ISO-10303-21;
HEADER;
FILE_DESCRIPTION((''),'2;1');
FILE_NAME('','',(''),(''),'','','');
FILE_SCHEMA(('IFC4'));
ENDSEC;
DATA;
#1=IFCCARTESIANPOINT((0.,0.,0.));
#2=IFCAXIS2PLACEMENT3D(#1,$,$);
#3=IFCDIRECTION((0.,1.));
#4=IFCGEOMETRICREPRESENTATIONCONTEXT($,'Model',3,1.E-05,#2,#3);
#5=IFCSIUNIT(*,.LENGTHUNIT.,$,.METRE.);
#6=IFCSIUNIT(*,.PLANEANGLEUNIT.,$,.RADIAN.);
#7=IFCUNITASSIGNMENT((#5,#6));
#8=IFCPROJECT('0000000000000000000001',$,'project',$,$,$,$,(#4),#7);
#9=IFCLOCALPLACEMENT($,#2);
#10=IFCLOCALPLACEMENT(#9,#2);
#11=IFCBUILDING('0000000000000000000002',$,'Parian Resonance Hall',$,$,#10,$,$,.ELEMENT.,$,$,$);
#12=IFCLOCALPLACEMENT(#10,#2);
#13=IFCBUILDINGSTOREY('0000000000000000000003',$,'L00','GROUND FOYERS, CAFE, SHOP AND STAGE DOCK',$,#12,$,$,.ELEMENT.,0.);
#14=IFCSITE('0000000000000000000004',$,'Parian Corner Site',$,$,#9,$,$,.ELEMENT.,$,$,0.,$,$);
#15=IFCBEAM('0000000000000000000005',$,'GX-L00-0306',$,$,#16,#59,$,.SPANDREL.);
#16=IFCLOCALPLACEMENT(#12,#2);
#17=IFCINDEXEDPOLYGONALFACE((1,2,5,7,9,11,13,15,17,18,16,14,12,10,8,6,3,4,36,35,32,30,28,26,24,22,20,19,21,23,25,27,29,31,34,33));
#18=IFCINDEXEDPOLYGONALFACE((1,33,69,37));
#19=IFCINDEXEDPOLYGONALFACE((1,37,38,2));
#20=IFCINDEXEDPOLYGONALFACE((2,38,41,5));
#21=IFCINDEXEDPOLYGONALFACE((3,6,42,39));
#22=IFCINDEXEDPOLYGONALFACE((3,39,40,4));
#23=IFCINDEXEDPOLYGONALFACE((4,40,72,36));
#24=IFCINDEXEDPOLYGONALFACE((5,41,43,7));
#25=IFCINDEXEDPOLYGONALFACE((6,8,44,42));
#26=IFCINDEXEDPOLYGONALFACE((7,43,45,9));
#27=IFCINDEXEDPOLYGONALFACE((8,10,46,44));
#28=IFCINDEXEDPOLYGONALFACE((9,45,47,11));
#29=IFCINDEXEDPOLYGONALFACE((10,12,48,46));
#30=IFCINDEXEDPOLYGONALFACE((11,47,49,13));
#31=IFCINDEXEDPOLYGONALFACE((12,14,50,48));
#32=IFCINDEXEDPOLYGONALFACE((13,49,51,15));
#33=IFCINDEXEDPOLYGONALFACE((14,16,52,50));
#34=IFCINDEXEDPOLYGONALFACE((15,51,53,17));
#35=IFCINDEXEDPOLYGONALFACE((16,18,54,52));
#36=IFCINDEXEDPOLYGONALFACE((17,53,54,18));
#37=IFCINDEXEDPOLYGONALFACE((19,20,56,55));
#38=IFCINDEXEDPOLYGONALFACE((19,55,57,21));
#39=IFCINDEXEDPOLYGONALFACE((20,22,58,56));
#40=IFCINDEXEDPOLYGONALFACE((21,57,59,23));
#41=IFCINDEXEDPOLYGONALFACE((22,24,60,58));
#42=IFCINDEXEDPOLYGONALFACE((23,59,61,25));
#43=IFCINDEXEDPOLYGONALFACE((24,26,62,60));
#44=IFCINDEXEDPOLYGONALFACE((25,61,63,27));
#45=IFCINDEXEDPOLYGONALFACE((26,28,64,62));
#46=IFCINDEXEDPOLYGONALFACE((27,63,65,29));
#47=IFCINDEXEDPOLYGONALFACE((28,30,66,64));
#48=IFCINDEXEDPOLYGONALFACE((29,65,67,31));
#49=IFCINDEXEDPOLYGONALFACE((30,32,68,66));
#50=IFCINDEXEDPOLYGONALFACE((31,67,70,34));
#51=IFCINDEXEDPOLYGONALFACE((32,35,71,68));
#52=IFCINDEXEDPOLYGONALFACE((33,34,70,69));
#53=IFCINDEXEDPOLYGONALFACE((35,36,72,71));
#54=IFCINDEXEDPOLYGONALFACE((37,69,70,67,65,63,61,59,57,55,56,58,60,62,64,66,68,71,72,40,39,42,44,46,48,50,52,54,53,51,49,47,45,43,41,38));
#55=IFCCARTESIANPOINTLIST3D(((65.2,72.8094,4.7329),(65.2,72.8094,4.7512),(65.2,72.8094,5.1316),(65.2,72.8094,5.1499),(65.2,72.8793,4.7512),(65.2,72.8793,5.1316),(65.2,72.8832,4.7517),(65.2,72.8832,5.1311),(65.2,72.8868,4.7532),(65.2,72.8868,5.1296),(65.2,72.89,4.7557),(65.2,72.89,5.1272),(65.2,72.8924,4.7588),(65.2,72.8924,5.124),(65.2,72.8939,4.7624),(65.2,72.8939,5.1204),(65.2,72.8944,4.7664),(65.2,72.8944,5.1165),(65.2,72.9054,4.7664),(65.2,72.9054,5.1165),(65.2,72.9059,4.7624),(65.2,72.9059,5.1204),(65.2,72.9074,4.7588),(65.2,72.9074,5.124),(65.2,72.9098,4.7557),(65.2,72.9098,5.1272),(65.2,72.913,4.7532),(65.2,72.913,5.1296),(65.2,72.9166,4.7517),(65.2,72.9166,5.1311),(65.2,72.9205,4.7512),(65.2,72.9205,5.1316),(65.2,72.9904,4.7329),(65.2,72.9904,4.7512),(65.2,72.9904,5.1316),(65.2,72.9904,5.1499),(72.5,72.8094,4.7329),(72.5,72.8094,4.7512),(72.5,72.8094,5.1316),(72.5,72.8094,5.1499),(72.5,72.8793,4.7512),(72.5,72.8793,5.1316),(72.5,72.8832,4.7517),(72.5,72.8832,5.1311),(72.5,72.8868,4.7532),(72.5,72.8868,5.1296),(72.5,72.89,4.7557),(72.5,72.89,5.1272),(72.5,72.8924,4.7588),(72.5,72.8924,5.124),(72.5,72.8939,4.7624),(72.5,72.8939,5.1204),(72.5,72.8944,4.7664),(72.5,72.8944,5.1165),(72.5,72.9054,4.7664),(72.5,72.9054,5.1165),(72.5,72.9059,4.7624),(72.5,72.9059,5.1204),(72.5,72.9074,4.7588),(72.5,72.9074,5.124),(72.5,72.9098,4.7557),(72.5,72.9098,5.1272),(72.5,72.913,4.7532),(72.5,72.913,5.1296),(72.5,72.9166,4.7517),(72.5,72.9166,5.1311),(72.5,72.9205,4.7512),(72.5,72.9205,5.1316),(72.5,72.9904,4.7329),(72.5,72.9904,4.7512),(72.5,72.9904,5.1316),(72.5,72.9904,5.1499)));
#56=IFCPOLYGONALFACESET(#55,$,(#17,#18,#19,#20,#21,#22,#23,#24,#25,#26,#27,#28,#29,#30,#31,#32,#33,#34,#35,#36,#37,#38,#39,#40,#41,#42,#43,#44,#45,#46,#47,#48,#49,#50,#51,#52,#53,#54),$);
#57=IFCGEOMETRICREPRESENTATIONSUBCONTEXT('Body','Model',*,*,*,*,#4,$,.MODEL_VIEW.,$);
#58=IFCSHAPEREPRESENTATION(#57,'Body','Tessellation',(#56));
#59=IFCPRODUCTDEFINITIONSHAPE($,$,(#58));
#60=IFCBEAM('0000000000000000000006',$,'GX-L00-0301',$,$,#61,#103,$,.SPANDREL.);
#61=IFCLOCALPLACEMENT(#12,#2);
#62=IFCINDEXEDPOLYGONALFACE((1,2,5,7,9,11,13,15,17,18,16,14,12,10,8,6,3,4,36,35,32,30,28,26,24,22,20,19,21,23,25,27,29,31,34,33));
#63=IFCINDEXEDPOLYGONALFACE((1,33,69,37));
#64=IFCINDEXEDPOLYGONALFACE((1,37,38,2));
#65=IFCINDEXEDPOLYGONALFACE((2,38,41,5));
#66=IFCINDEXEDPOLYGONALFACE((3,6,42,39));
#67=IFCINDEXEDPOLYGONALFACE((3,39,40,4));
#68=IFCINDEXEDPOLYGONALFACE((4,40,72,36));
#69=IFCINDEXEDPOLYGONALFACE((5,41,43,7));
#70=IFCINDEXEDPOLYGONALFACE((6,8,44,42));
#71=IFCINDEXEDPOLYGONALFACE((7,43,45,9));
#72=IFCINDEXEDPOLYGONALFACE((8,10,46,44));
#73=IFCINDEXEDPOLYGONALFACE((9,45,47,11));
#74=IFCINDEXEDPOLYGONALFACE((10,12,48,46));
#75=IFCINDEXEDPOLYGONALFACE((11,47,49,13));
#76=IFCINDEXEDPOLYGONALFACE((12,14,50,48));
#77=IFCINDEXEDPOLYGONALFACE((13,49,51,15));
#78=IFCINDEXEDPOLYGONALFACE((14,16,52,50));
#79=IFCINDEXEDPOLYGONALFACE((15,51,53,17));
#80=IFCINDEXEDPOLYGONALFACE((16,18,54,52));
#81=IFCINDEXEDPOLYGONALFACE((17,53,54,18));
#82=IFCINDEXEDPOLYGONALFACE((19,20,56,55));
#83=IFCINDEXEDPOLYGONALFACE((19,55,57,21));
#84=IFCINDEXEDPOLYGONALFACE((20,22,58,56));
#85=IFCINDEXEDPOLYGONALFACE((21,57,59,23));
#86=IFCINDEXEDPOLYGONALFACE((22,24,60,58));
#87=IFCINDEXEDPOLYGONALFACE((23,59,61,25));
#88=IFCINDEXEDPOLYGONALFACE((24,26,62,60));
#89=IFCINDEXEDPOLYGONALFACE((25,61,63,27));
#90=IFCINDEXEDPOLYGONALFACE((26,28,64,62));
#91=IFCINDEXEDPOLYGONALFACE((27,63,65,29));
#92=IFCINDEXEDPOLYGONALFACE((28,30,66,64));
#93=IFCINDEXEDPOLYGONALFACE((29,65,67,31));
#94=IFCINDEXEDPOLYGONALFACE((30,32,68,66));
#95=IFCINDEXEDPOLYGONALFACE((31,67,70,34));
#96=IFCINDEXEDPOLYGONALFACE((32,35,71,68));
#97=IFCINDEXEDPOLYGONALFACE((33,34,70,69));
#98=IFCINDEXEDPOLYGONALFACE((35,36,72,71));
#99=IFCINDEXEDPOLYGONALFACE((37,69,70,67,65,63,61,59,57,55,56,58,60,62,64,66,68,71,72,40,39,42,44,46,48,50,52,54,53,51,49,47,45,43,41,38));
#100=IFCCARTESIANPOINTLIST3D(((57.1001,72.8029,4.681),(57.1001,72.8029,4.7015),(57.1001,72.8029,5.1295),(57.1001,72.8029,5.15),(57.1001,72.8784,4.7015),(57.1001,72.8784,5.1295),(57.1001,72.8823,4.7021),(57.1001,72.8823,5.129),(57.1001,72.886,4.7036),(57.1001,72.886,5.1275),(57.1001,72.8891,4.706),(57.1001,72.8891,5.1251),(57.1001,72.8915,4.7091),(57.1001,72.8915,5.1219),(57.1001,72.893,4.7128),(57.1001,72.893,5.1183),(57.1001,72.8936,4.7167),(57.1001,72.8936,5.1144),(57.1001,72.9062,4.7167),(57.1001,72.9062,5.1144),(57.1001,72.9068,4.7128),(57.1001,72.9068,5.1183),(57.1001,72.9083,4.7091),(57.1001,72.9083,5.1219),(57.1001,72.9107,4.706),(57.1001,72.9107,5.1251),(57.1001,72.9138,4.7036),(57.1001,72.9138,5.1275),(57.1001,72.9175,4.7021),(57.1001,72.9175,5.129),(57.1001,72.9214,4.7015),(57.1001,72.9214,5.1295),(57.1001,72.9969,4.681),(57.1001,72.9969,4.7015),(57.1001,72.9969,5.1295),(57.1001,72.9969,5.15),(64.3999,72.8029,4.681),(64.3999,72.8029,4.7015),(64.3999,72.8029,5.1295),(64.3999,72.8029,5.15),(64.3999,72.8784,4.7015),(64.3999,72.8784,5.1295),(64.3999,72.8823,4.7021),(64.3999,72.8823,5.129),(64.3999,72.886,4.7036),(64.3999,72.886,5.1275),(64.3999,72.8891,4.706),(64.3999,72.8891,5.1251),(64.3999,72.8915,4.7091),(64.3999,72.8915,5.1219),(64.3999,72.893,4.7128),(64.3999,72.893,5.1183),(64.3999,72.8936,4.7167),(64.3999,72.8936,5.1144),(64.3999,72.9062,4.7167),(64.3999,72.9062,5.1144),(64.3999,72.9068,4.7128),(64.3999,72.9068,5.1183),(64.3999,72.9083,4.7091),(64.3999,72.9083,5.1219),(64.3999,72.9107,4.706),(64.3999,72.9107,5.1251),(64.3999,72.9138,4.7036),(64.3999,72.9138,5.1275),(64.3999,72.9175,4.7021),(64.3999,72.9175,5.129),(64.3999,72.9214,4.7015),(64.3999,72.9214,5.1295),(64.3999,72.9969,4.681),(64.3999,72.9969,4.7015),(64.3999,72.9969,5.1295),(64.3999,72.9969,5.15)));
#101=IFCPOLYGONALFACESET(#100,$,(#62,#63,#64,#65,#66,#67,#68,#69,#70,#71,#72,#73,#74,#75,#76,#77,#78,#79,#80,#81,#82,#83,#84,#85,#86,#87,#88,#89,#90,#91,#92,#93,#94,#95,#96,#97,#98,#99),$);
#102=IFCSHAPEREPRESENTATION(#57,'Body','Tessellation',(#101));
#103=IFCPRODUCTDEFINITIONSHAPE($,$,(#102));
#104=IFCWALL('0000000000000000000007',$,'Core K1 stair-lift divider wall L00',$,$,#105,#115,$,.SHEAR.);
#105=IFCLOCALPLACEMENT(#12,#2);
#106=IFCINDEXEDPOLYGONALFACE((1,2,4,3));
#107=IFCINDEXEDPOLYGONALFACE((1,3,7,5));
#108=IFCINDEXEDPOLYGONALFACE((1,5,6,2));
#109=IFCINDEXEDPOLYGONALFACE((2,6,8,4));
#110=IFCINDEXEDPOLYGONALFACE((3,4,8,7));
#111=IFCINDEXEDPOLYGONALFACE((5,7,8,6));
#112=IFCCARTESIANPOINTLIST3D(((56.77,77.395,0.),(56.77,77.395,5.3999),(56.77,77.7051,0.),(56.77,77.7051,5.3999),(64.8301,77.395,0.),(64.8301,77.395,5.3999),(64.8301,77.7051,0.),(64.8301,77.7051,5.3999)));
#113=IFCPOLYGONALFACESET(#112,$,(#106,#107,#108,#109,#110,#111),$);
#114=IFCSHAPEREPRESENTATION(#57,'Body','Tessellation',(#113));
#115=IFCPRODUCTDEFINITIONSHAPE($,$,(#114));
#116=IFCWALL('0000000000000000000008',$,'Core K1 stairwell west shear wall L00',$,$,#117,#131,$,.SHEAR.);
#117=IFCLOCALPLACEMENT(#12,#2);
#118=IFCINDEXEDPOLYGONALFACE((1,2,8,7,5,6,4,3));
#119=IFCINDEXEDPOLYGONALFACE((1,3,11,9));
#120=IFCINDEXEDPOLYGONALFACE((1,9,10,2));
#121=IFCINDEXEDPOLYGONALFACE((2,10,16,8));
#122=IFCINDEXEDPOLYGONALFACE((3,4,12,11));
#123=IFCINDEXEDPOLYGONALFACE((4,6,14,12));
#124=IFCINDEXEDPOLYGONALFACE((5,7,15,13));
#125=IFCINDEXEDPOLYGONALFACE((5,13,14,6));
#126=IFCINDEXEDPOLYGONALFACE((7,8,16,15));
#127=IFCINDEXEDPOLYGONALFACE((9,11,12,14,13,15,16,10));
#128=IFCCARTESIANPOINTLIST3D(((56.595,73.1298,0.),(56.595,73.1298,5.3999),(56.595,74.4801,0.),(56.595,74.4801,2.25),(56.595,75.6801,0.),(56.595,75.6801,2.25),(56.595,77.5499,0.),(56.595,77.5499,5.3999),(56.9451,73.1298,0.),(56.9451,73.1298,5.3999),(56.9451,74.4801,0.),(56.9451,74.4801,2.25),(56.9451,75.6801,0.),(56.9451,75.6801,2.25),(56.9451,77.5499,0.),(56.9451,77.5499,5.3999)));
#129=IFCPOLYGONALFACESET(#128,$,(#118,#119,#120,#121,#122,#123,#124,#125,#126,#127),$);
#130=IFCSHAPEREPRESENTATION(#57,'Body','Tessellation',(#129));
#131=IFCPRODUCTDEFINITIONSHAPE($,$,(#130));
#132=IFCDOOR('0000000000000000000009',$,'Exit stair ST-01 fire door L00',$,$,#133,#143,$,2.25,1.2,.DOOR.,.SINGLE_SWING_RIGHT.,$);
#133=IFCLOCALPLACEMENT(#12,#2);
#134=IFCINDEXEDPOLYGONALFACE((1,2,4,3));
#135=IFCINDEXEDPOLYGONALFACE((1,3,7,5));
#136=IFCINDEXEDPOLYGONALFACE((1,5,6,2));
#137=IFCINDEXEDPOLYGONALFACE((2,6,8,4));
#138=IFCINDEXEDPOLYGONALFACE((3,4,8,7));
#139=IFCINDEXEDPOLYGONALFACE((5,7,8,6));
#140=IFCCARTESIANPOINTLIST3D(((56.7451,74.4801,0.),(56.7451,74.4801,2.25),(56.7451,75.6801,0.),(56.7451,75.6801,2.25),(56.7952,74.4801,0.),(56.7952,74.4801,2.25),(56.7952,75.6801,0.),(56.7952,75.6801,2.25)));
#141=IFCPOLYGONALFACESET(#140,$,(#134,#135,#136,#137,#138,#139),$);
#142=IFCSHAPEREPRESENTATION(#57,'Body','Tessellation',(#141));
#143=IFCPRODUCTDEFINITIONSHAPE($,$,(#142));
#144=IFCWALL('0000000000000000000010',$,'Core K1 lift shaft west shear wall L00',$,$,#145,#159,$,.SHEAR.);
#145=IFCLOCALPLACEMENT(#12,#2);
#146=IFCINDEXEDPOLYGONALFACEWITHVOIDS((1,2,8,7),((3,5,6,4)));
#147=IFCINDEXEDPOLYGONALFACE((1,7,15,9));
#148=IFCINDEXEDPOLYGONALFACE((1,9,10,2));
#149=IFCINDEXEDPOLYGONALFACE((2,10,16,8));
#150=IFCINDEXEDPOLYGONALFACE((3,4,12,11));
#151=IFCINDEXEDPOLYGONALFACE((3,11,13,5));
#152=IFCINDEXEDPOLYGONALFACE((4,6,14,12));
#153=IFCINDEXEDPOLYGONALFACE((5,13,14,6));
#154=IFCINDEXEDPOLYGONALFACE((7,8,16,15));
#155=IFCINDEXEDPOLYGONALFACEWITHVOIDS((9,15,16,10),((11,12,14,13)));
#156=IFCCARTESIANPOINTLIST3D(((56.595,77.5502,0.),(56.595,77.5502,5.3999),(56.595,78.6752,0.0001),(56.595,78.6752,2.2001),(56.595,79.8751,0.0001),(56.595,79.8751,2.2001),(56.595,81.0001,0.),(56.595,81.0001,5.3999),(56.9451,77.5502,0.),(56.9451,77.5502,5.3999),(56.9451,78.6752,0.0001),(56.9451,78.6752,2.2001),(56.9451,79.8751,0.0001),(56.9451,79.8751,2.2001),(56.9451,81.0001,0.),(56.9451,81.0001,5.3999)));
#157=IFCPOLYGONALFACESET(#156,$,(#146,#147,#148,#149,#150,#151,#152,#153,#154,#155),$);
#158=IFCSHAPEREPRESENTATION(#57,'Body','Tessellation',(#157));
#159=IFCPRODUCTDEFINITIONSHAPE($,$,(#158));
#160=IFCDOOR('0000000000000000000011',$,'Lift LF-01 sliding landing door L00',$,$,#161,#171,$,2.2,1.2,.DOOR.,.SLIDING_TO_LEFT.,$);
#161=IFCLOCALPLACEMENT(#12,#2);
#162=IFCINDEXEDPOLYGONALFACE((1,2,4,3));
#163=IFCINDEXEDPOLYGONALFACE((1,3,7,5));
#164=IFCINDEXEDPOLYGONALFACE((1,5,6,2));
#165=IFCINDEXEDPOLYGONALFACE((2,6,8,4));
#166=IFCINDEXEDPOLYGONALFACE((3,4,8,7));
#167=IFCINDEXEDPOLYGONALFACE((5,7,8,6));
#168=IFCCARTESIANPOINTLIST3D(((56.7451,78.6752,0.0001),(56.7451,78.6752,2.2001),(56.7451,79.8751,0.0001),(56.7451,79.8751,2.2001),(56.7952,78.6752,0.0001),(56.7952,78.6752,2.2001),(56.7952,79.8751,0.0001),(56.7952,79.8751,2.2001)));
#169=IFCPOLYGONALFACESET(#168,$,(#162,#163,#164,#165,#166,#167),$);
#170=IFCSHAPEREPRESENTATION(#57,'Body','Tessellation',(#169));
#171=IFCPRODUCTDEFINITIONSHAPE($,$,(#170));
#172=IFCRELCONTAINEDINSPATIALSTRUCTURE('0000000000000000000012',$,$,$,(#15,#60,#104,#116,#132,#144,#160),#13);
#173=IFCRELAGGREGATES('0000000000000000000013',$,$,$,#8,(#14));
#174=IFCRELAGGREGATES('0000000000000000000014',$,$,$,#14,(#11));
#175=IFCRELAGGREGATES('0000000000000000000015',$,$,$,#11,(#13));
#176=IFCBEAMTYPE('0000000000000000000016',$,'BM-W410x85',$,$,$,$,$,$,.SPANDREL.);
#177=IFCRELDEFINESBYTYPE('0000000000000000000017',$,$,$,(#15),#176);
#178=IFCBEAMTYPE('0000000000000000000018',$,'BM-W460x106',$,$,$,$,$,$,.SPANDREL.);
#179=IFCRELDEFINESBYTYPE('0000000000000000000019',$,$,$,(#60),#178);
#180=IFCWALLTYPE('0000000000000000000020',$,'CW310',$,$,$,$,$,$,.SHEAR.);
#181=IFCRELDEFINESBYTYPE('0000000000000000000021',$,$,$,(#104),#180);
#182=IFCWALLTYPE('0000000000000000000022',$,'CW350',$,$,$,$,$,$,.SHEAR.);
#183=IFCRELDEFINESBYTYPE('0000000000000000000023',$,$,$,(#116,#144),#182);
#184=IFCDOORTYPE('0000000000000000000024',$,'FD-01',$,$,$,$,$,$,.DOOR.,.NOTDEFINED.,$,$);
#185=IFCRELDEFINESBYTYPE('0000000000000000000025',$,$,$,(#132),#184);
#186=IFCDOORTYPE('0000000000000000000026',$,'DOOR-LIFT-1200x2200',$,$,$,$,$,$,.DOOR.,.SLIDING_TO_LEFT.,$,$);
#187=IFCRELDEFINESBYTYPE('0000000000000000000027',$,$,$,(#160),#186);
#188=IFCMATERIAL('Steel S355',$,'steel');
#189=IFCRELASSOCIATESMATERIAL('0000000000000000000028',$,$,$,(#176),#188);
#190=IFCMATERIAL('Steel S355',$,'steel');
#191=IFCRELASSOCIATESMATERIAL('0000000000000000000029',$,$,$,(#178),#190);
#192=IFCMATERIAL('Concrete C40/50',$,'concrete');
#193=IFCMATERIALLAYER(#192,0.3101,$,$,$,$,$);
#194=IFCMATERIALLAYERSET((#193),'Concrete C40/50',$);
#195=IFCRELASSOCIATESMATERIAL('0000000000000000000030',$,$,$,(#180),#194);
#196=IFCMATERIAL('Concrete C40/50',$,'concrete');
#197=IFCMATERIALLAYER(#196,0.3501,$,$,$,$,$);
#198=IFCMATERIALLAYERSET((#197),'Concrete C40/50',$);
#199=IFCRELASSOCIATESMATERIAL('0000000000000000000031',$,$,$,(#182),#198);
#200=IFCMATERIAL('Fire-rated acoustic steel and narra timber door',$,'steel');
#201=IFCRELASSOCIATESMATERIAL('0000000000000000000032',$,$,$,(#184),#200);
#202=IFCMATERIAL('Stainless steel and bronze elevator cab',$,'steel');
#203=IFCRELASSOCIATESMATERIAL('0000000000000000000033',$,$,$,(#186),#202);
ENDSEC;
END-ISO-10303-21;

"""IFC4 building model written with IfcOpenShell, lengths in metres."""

from ifc_helpers import new_model, si_unit, direction, frame, frame_2d, origin, origin_2d, place, context, subcontext, project, spatial, rectangle, i_section, extrude, material, layer, layer_set, material_profile, profile_set, type_object, element, fill, save


model = new_model("IFC4")

# Units and contexts
model_context = context("Model", 3, precision=1e-05, world=origin(), true_north=direction((0.0, 1.0)))
body_context = subcontext(model_context, "Body", "Model", "MODEL_VIEW")
ifc_project = project(units=[si_unit("LENGTHUNIT", "METRE"), si_unit("PLANEANGLEUNIT", "RADIAN")], contexts=[model_context])

# Site, building, storey
site_placement = place(None, origin())
site = spatial("IfcSite", under=ifc_project, at=site_placement, Name="Parian Corner Site", CompositionType="ELEMENT", RefElevation=0.0)
building_placement = place(site_placement, origin())
building = spatial("IfcBuilding", under=site, at=building_placement, Name="Parian Resonance Hall", CompositionType="ELEMENT")
storey_placement = place(building_placement, origin())
storey = spatial("IfcBuildingStorey", under=building, at=storey_placement, Name="L00", Description="GROUND FOYERS, CAFE, SHOP AND STAGE DOCK", CompositionType="ELEMENT", Elevation=0.0)

# Beams
ifc_material_1 = material(Name="Steel S355", Category="steel")
ifc_material_profile_1 = material_profile(ifc_material_1, i_section(OverallWidth=0.1809, OverallDepth=0.417, WebThickness=0.011, FlangeThickness=0.0183, FilletRadius=0.0151, at=origin_2d()), Name="W410x85")
ifc_profile_set_1 = profile_set([ifc_material_profile_1], Name="Steel S355")
beam_type_1 = type_object("IfcBeamType", Name="BM-W410x85", PredefinedType="SPANDREL", material=ifc_profile_set_1)
beam_1_placement = place(storey_placement, frame((65.2, 72.8999, 4.9414), z_axis=(1.0, 0.0, 0.0), x_axis=(0.0, 1.0, 0.0)))
element("IfcBeam", 1, at=beam_1_placement, inside=storey, type_object=beam_type_1, Name="GX-L00-0306", PredefinedType="SPANDREL", context=body_context, shape_type="SweptSolid", body=[
    extrude(i_section(OverallWidth=0.1809, OverallDepth=0.417, WebThickness=0.011, FlangeThickness=0.0183, FilletRadius=0.0151, at=origin_2d()), origin(), (0.0, 0.0, 1.0), 7.3),
])
ifc_material_2 = material(Name="Steel S355", Category="steel")
ifc_material_profile_2 = material_profile(ifc_material_2, i_section(OverallWidth=0.1941, OverallDepth=0.469, WebThickness=0.0127, FlangeThickness=0.0205, FilletRadius=0.0151, at=origin_2d()), Name="W460x106")
ifc_profile_set_2 = profile_set([ifc_material_profile_2], Name="Steel S355")
beam_type_2 = type_object("IfcBeamType", Name="BM-W460x106", PredefinedType="SPANDREL", material=ifc_profile_set_2)
beam_2_placement = place(storey_placement, frame((57.1001, 72.8999, 4.9155), z_axis=(1.0, 0.0, 0.0), x_axis=(0.0, 1.0, 0.0)))
element("IfcBeam", 2, at=beam_2_placement, inside=storey, type_object=beam_type_2, Name="GX-L00-0301", PredefinedType="SPANDREL", context=body_context, shape_type="SweptSolid", body=[
    extrude(i_section(OverallWidth=0.1941, OverallDepth=0.469, WebThickness=0.0127, FlangeThickness=0.0205, FilletRadius=0.0151, at=origin_2d()), origin(), (0.0, 0.0, 1.0), 7.2998),
])

# Wall
ifc_material_3 = material(Name="Concrete C40/50", Category="concrete")
ifc_layer_1 = layer(ifc_material_3, 0.3101)
ifc_layer_set_1 = layer_set([ifc_layer_1], Name="Concrete C40/50")
wall_type_1 = type_object("IfcWallType", Name="CW310", PredefinedType="SHEAR", material=ifc_layer_set_1)
wall_1_placement = place(storey_placement, frame((56.77, 77.55, 0.0), z_axis=(0.0, 0.0, 1.0), x_axis=(1.0, 0.0, 0.0)))
element("IfcWall", 3, at=wall_1_placement, inside=storey, type_object=wall_type_1, Name="Core K1 stair-lift divider wall L00", PredefinedType="SHEAR", context=body_context, shape_type="SweptSolid", body=[
    extrude(rectangle(XDim=8.0601, YDim=0.3101, at=frame_2d((4.03, 0.0))), origin(), (0.0, 0.0, 1.0), 5.3999),
])

# Walls, openings, doors
ifc_material_4 = material(Name="Concrete C40/50", Category="concrete")
ifc_layer_2 = layer(ifc_material_4, 0.3501)
ifc_layer_set_2 = layer_set([ifc_layer_2], Name="Concrete C40/50")
wall_type_2 = type_object("IfcWallType", Name="CW350", PredefinedType="SHEAR", material=ifc_layer_set_2)
wall_2_placement = place(storey_placement, frame((56.77, 73.1299, 0.0), z_axis=(0.0, 0.0, 1.0), x_axis=(0.0, 1.0, 0.0)))
wall_2 = element("IfcWall", 4, at=wall_2_placement, inside=storey, type_object=wall_type_2, Name="Core K1 stairwell west shear wall L00", PredefinedType="SHEAR", context=body_context, shape_type="SweptSolid", body=[
    extrude(rectangle(XDim=4.4202, YDim=0.3501, at=frame_2d((2.21, 0.0))), origin(), (0.0, 0.0, 1.0), 5.3999),
])
opening_1_placement = place(wall_2_placement, frame((1.3501, 0.0, 0.0)))
opening_1 = element("IfcOpeningElement", 5, at=opening_1_placement, cuts=wall_2, PredefinedType="OPENING", context=body_context, shape_type="SweptSolid", body=[
    extrude(rectangle(XDim=1.2, YDim=2.25, at=frame_2d((0.6001, 1.125))), frame((0.0, 0.1851, 0.0), z_axis=(0.0, -1.0, 0.0), x_axis=(1.0, 0.0, 0.0)), (0.0, 0.0, 1.0), 0.3701),
])
ifc_material_5 = material(Name="Fire-rated acoustic steel and narra timber door", Category="steel")
door_type_1 = type_object("IfcDoorType", Name="FD-01", OperationType="NOTDEFINED", PredefinedType="DOOR", material=ifc_material_5)
door_1_placement = place(opening_1_placement, origin())
door_1 = element("IfcDoor", 6, at=door_1_placement, inside=storey, type_object=door_type_1, Name="Exit stair ST-01 fire door L00", OperationType="SINGLE_SWING_RIGHT", OverallHeight=2.25, OverallWidth=1.2, PredefinedType="DOOR", context=body_context, shape_type="SweptSolid", body=[
    extrude(rectangle(XDim=1.2, YDim=2.25, at=frame_2d((0.6001, 1.125))), frame((0.0, 0.0249, 0.0), z_axis=(0.0, -1.0, 0.0), x_axis=(1.0, 0.0, 0.0)), (0.0, 0.0, 1.0), 0.05),
])
fill(opening_1, door_1)
wall_3_placement = place(storey_placement, frame((56.77, 77.55, 0.0), z_axis=(0.0, 0.0, 1.0), x_axis=(0.0, 1.0, 0.0)))
wall_3 = element("IfcWall", 7, at=wall_3_placement, inside=storey, type_object=wall_type_2, Name="Core K1 lift shaft west shear wall L00", PredefinedType="SHEAR", context=body_context, shape_type="SweptSolid", body=[
    extrude(rectangle(XDim=3.45, YDim=0.3501, at=frame_2d((1.7251, 0.0))), origin(), (0.0, 0.0, 1.0), 5.3999),
])
opening_2_placement = place(wall_3_placement, frame((1.125, 0.0, 0.0)))
opening_2 = element("IfcOpeningElement", 8, at=opening_2_placement, cuts=wall_3, PredefinedType="OPENING", context=body_context, shape_type="SweptSolid", body=[
    extrude(rectangle(XDim=1.2, YDim=2.2, at=frame_2d((0.6001, 1.1001))), frame((0.0, 0.1851, 0.0), z_axis=(0.0, -1.0, 0.0), x_axis=(1.0, 0.0, 0.0)), (0.0, 0.0, 1.0), 0.3701),
])
ifc_material_6 = material(Name="Stainless steel and bronze elevator cab", Category="steel")
door_type_2 = type_object("IfcDoorType", Name="DOOR-LIFT-1200x2200", OperationType="SLIDING_TO_LEFT", PredefinedType="DOOR", material=ifc_material_6)
door_2_placement = place(opening_2_placement, origin())
door_2 = element("IfcDoor", 9, at=door_2_placement, inside=storey, type_object=door_type_2, Name="Lift LF-01 sliding landing door L00", OperationType="SLIDING_TO_LEFT", OverallHeight=2.2, OverallWidth=1.2, PredefinedType="DOOR", context=body_context, shape_type="SweptSolid", body=[
    extrude(rectangle(XDim=1.2, YDim=2.2, at=frame_2d((0.6001, 1.1001))), frame((0.0, 0.0249, 0.0), z_axis=(0.0, -1.0, 0.0), x_axis=(1.0, 0.0, 0.0)), (0.0, 0.0, 1.0), 0.05),
])
fill(opening_2, door_2)

save(model, "model.ifc")
